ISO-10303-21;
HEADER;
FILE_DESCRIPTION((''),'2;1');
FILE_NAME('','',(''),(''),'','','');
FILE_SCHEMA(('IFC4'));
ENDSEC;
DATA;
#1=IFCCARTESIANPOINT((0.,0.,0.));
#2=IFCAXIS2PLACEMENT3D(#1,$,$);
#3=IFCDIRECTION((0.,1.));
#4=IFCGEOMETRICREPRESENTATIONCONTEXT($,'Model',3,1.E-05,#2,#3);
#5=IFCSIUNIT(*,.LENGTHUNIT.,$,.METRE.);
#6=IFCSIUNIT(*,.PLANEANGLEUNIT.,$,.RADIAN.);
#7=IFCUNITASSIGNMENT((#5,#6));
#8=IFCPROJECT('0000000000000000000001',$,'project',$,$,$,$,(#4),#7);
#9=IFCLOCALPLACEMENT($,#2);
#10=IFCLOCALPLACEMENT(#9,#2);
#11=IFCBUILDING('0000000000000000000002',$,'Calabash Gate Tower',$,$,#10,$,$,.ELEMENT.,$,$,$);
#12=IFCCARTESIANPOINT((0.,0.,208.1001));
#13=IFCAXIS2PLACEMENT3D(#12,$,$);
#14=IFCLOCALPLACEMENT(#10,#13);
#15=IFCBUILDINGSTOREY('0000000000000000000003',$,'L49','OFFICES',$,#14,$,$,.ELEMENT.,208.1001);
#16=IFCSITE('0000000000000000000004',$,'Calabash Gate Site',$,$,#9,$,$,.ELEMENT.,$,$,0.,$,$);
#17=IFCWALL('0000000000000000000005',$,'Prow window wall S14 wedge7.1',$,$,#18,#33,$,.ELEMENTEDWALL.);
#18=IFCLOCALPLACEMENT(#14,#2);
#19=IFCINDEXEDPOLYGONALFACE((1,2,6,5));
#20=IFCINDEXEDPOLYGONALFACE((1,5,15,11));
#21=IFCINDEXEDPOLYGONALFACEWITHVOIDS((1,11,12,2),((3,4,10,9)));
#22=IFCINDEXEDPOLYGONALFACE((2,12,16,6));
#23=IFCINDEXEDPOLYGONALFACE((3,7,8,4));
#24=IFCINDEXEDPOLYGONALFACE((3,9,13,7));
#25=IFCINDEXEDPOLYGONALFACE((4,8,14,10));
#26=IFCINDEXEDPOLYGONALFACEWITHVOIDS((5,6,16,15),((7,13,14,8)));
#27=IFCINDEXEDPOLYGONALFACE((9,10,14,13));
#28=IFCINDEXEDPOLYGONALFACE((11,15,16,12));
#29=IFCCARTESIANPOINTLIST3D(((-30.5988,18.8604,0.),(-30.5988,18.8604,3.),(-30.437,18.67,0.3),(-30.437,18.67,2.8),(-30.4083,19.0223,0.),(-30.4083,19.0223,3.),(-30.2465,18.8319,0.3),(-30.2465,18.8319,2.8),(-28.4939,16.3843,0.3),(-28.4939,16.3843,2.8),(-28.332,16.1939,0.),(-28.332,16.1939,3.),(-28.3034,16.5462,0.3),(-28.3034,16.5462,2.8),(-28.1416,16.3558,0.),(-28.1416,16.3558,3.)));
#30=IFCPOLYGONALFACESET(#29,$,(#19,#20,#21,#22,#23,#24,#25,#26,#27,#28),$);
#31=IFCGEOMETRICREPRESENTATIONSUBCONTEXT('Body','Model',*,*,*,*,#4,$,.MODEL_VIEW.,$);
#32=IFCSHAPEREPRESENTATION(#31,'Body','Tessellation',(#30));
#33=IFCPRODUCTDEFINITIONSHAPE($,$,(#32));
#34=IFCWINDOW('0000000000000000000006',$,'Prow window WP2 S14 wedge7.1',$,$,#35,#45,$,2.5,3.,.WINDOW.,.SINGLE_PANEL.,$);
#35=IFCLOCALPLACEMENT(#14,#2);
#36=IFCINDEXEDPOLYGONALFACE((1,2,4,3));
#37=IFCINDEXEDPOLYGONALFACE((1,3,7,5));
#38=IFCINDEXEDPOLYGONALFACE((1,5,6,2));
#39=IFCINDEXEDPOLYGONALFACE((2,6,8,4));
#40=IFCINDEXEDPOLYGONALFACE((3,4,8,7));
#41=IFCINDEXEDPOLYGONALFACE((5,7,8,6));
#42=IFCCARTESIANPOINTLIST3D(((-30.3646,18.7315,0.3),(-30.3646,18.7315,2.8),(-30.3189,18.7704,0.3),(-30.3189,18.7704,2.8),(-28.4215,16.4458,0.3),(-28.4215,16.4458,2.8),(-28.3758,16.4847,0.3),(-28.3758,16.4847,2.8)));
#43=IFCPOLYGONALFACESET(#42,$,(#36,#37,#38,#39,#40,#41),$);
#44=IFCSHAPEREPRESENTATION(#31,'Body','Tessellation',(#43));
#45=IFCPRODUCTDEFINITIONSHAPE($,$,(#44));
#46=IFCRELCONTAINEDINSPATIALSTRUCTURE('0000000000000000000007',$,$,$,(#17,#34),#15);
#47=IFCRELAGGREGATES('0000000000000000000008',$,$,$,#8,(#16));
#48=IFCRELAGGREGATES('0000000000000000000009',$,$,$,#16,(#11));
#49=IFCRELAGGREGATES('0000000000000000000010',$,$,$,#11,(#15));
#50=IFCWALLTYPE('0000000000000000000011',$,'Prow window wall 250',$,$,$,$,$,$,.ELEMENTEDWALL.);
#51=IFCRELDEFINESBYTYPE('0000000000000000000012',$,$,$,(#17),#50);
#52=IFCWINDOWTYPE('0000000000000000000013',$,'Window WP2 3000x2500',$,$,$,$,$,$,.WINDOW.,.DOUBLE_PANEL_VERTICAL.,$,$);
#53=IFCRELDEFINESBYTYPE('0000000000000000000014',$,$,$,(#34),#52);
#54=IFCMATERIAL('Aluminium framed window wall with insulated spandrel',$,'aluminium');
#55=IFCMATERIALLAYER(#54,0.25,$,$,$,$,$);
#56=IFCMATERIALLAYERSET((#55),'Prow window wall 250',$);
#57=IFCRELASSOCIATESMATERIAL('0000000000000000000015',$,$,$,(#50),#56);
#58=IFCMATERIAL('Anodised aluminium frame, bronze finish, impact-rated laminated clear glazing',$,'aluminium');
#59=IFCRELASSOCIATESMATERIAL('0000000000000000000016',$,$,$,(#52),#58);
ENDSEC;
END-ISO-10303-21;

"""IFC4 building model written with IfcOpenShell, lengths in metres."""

from ifc_helpers import new_model, si_unit, direction, frame, frame_2d, origin, place, context, subcontext, project, spatial, rectangle, extrude, material, layer, layer_set, type_object, element, fill, save


model = new_model("IFC4")

# Units and contexts
model_context = context("Model", 3, precision=1e-05, world=origin(), true_north=direction((0.0, 1.0)))
body_context = subcontext(model_context, "Body", "Model", "MODEL_VIEW")
ifc_project = project(units=[si_unit("LENGTHUNIT", "METRE"), si_unit("PLANEANGLEUNIT", "RADIAN")], contexts=[model_context])

# Site, building, storey
site_placement = place(None, origin())
site = spatial("IfcSite", under=ifc_project, at=site_placement, Name="Calabash Gate Site", CompositionType="ELEMENT", RefElevation=0.0)
building_placement = place(site_placement, origin())
building = spatial("IfcBuilding", under=site, at=building_placement, Name="Calabash Gate Tower", CompositionType="ELEMENT")
storey_placement = place(building_placement, frame((0.0, 0.0, 208.1001)))
storey = spatial("IfcBuildingStorey", under=building, at=storey_placement, Name="L49", Description="OFFICES", CompositionType="ELEMENT", Elevation=208.1001)

# Wall, opening, window
ifc_material_1 = material(Name="Aluminium framed window wall with insulated spandrel", Category="aluminium")
ifc_layer_1 = layer(ifc_material_1, 0.25)
ifc_layer_set_1 = layer_set([ifc_layer_1], Name="Prow window wall 250")
wall_type_1 = type_object("IfcWallType", Name="Prow window wall 250", PredefinedType="ELEMENTEDWALL", material=ifc_layer_set_1)
ifc_material_2 = material(Name="Anodised aluminium frame, bronze finish, impact-rated laminated clear glazing", Category="aluminium")
window_type = type_object("IfcWindowType", Name="Window WP2 3000x2500", PartitioningType="DOUBLE_PANEL_VERTICAL", PredefinedType="WINDOW", material=ifc_material_2)
wall_1_placement = place(storey_placement, frame((-30.5037, 18.9414, 0.0), z_axis=(0.0, 0.0, 1.0), x_axis=(0.647701, -0.761895, 0.0)))
wall_1 = element("IfcWall", 1, at=wall_1_placement, inside=storey, type_object=wall_type_1, Name="Prow window wall S14 wedge7.1", PredefinedType="ELEMENTEDWALL", context=body_context, shape_type="SweptSolid", body=[
    extrude(rectangle(XDim=3.4998, YDim=0.25, at=frame_2d((1.75, 0.0))), origin(), (0.0, 0.0, 1.0), 3.0),
])
opening_1_placement = place(wall_1_placement, frame((0.25, 0.0, 0.3)))
opening_1 = element("IfcOpeningElement", 2, at=opening_1_placement, cuts=wall_1, PredefinedType="OPENING", context=body_context, shape_type="SweptSolid", body=[
    extrude(rectangle(XDim=3.0, YDim=2.5, at=frame_2d((1.5, 1.25))), frame((0.0, 0.135, 0.0), z_axis=(0.0, -1.0, 0.0), x_axis=(1.0, 0.0, 0.0)), (0.0, 0.0, 1.0), 0.27),
])
window_1_placement = place(opening_1_placement, origin())
window_1 = element("IfcWindow", 3, at=window_1_placement, inside=storey, type_object=window_type, Name="Prow window WP2 S14 wedge7.1", OverallHeight=2.5, OverallWidth=3.0, PartitioningType="SINGLE_PANEL", PredefinedType="WINDOW", context=body_context, shape_type="SweptSolid", body=[
    extrude(rectangle(XDim=3.0, YDim=2.5, at=frame_2d((1.5, 1.25))), frame((0.0, 0.03, 0.0), z_axis=(0.0, -1.0, 0.0), x_axis=(1.0, 0.0, 0.0)), (0.0, 0.0, 1.0), 0.0601),
])
fill(opening_1, window_1)

save(model, "model.ifc")
